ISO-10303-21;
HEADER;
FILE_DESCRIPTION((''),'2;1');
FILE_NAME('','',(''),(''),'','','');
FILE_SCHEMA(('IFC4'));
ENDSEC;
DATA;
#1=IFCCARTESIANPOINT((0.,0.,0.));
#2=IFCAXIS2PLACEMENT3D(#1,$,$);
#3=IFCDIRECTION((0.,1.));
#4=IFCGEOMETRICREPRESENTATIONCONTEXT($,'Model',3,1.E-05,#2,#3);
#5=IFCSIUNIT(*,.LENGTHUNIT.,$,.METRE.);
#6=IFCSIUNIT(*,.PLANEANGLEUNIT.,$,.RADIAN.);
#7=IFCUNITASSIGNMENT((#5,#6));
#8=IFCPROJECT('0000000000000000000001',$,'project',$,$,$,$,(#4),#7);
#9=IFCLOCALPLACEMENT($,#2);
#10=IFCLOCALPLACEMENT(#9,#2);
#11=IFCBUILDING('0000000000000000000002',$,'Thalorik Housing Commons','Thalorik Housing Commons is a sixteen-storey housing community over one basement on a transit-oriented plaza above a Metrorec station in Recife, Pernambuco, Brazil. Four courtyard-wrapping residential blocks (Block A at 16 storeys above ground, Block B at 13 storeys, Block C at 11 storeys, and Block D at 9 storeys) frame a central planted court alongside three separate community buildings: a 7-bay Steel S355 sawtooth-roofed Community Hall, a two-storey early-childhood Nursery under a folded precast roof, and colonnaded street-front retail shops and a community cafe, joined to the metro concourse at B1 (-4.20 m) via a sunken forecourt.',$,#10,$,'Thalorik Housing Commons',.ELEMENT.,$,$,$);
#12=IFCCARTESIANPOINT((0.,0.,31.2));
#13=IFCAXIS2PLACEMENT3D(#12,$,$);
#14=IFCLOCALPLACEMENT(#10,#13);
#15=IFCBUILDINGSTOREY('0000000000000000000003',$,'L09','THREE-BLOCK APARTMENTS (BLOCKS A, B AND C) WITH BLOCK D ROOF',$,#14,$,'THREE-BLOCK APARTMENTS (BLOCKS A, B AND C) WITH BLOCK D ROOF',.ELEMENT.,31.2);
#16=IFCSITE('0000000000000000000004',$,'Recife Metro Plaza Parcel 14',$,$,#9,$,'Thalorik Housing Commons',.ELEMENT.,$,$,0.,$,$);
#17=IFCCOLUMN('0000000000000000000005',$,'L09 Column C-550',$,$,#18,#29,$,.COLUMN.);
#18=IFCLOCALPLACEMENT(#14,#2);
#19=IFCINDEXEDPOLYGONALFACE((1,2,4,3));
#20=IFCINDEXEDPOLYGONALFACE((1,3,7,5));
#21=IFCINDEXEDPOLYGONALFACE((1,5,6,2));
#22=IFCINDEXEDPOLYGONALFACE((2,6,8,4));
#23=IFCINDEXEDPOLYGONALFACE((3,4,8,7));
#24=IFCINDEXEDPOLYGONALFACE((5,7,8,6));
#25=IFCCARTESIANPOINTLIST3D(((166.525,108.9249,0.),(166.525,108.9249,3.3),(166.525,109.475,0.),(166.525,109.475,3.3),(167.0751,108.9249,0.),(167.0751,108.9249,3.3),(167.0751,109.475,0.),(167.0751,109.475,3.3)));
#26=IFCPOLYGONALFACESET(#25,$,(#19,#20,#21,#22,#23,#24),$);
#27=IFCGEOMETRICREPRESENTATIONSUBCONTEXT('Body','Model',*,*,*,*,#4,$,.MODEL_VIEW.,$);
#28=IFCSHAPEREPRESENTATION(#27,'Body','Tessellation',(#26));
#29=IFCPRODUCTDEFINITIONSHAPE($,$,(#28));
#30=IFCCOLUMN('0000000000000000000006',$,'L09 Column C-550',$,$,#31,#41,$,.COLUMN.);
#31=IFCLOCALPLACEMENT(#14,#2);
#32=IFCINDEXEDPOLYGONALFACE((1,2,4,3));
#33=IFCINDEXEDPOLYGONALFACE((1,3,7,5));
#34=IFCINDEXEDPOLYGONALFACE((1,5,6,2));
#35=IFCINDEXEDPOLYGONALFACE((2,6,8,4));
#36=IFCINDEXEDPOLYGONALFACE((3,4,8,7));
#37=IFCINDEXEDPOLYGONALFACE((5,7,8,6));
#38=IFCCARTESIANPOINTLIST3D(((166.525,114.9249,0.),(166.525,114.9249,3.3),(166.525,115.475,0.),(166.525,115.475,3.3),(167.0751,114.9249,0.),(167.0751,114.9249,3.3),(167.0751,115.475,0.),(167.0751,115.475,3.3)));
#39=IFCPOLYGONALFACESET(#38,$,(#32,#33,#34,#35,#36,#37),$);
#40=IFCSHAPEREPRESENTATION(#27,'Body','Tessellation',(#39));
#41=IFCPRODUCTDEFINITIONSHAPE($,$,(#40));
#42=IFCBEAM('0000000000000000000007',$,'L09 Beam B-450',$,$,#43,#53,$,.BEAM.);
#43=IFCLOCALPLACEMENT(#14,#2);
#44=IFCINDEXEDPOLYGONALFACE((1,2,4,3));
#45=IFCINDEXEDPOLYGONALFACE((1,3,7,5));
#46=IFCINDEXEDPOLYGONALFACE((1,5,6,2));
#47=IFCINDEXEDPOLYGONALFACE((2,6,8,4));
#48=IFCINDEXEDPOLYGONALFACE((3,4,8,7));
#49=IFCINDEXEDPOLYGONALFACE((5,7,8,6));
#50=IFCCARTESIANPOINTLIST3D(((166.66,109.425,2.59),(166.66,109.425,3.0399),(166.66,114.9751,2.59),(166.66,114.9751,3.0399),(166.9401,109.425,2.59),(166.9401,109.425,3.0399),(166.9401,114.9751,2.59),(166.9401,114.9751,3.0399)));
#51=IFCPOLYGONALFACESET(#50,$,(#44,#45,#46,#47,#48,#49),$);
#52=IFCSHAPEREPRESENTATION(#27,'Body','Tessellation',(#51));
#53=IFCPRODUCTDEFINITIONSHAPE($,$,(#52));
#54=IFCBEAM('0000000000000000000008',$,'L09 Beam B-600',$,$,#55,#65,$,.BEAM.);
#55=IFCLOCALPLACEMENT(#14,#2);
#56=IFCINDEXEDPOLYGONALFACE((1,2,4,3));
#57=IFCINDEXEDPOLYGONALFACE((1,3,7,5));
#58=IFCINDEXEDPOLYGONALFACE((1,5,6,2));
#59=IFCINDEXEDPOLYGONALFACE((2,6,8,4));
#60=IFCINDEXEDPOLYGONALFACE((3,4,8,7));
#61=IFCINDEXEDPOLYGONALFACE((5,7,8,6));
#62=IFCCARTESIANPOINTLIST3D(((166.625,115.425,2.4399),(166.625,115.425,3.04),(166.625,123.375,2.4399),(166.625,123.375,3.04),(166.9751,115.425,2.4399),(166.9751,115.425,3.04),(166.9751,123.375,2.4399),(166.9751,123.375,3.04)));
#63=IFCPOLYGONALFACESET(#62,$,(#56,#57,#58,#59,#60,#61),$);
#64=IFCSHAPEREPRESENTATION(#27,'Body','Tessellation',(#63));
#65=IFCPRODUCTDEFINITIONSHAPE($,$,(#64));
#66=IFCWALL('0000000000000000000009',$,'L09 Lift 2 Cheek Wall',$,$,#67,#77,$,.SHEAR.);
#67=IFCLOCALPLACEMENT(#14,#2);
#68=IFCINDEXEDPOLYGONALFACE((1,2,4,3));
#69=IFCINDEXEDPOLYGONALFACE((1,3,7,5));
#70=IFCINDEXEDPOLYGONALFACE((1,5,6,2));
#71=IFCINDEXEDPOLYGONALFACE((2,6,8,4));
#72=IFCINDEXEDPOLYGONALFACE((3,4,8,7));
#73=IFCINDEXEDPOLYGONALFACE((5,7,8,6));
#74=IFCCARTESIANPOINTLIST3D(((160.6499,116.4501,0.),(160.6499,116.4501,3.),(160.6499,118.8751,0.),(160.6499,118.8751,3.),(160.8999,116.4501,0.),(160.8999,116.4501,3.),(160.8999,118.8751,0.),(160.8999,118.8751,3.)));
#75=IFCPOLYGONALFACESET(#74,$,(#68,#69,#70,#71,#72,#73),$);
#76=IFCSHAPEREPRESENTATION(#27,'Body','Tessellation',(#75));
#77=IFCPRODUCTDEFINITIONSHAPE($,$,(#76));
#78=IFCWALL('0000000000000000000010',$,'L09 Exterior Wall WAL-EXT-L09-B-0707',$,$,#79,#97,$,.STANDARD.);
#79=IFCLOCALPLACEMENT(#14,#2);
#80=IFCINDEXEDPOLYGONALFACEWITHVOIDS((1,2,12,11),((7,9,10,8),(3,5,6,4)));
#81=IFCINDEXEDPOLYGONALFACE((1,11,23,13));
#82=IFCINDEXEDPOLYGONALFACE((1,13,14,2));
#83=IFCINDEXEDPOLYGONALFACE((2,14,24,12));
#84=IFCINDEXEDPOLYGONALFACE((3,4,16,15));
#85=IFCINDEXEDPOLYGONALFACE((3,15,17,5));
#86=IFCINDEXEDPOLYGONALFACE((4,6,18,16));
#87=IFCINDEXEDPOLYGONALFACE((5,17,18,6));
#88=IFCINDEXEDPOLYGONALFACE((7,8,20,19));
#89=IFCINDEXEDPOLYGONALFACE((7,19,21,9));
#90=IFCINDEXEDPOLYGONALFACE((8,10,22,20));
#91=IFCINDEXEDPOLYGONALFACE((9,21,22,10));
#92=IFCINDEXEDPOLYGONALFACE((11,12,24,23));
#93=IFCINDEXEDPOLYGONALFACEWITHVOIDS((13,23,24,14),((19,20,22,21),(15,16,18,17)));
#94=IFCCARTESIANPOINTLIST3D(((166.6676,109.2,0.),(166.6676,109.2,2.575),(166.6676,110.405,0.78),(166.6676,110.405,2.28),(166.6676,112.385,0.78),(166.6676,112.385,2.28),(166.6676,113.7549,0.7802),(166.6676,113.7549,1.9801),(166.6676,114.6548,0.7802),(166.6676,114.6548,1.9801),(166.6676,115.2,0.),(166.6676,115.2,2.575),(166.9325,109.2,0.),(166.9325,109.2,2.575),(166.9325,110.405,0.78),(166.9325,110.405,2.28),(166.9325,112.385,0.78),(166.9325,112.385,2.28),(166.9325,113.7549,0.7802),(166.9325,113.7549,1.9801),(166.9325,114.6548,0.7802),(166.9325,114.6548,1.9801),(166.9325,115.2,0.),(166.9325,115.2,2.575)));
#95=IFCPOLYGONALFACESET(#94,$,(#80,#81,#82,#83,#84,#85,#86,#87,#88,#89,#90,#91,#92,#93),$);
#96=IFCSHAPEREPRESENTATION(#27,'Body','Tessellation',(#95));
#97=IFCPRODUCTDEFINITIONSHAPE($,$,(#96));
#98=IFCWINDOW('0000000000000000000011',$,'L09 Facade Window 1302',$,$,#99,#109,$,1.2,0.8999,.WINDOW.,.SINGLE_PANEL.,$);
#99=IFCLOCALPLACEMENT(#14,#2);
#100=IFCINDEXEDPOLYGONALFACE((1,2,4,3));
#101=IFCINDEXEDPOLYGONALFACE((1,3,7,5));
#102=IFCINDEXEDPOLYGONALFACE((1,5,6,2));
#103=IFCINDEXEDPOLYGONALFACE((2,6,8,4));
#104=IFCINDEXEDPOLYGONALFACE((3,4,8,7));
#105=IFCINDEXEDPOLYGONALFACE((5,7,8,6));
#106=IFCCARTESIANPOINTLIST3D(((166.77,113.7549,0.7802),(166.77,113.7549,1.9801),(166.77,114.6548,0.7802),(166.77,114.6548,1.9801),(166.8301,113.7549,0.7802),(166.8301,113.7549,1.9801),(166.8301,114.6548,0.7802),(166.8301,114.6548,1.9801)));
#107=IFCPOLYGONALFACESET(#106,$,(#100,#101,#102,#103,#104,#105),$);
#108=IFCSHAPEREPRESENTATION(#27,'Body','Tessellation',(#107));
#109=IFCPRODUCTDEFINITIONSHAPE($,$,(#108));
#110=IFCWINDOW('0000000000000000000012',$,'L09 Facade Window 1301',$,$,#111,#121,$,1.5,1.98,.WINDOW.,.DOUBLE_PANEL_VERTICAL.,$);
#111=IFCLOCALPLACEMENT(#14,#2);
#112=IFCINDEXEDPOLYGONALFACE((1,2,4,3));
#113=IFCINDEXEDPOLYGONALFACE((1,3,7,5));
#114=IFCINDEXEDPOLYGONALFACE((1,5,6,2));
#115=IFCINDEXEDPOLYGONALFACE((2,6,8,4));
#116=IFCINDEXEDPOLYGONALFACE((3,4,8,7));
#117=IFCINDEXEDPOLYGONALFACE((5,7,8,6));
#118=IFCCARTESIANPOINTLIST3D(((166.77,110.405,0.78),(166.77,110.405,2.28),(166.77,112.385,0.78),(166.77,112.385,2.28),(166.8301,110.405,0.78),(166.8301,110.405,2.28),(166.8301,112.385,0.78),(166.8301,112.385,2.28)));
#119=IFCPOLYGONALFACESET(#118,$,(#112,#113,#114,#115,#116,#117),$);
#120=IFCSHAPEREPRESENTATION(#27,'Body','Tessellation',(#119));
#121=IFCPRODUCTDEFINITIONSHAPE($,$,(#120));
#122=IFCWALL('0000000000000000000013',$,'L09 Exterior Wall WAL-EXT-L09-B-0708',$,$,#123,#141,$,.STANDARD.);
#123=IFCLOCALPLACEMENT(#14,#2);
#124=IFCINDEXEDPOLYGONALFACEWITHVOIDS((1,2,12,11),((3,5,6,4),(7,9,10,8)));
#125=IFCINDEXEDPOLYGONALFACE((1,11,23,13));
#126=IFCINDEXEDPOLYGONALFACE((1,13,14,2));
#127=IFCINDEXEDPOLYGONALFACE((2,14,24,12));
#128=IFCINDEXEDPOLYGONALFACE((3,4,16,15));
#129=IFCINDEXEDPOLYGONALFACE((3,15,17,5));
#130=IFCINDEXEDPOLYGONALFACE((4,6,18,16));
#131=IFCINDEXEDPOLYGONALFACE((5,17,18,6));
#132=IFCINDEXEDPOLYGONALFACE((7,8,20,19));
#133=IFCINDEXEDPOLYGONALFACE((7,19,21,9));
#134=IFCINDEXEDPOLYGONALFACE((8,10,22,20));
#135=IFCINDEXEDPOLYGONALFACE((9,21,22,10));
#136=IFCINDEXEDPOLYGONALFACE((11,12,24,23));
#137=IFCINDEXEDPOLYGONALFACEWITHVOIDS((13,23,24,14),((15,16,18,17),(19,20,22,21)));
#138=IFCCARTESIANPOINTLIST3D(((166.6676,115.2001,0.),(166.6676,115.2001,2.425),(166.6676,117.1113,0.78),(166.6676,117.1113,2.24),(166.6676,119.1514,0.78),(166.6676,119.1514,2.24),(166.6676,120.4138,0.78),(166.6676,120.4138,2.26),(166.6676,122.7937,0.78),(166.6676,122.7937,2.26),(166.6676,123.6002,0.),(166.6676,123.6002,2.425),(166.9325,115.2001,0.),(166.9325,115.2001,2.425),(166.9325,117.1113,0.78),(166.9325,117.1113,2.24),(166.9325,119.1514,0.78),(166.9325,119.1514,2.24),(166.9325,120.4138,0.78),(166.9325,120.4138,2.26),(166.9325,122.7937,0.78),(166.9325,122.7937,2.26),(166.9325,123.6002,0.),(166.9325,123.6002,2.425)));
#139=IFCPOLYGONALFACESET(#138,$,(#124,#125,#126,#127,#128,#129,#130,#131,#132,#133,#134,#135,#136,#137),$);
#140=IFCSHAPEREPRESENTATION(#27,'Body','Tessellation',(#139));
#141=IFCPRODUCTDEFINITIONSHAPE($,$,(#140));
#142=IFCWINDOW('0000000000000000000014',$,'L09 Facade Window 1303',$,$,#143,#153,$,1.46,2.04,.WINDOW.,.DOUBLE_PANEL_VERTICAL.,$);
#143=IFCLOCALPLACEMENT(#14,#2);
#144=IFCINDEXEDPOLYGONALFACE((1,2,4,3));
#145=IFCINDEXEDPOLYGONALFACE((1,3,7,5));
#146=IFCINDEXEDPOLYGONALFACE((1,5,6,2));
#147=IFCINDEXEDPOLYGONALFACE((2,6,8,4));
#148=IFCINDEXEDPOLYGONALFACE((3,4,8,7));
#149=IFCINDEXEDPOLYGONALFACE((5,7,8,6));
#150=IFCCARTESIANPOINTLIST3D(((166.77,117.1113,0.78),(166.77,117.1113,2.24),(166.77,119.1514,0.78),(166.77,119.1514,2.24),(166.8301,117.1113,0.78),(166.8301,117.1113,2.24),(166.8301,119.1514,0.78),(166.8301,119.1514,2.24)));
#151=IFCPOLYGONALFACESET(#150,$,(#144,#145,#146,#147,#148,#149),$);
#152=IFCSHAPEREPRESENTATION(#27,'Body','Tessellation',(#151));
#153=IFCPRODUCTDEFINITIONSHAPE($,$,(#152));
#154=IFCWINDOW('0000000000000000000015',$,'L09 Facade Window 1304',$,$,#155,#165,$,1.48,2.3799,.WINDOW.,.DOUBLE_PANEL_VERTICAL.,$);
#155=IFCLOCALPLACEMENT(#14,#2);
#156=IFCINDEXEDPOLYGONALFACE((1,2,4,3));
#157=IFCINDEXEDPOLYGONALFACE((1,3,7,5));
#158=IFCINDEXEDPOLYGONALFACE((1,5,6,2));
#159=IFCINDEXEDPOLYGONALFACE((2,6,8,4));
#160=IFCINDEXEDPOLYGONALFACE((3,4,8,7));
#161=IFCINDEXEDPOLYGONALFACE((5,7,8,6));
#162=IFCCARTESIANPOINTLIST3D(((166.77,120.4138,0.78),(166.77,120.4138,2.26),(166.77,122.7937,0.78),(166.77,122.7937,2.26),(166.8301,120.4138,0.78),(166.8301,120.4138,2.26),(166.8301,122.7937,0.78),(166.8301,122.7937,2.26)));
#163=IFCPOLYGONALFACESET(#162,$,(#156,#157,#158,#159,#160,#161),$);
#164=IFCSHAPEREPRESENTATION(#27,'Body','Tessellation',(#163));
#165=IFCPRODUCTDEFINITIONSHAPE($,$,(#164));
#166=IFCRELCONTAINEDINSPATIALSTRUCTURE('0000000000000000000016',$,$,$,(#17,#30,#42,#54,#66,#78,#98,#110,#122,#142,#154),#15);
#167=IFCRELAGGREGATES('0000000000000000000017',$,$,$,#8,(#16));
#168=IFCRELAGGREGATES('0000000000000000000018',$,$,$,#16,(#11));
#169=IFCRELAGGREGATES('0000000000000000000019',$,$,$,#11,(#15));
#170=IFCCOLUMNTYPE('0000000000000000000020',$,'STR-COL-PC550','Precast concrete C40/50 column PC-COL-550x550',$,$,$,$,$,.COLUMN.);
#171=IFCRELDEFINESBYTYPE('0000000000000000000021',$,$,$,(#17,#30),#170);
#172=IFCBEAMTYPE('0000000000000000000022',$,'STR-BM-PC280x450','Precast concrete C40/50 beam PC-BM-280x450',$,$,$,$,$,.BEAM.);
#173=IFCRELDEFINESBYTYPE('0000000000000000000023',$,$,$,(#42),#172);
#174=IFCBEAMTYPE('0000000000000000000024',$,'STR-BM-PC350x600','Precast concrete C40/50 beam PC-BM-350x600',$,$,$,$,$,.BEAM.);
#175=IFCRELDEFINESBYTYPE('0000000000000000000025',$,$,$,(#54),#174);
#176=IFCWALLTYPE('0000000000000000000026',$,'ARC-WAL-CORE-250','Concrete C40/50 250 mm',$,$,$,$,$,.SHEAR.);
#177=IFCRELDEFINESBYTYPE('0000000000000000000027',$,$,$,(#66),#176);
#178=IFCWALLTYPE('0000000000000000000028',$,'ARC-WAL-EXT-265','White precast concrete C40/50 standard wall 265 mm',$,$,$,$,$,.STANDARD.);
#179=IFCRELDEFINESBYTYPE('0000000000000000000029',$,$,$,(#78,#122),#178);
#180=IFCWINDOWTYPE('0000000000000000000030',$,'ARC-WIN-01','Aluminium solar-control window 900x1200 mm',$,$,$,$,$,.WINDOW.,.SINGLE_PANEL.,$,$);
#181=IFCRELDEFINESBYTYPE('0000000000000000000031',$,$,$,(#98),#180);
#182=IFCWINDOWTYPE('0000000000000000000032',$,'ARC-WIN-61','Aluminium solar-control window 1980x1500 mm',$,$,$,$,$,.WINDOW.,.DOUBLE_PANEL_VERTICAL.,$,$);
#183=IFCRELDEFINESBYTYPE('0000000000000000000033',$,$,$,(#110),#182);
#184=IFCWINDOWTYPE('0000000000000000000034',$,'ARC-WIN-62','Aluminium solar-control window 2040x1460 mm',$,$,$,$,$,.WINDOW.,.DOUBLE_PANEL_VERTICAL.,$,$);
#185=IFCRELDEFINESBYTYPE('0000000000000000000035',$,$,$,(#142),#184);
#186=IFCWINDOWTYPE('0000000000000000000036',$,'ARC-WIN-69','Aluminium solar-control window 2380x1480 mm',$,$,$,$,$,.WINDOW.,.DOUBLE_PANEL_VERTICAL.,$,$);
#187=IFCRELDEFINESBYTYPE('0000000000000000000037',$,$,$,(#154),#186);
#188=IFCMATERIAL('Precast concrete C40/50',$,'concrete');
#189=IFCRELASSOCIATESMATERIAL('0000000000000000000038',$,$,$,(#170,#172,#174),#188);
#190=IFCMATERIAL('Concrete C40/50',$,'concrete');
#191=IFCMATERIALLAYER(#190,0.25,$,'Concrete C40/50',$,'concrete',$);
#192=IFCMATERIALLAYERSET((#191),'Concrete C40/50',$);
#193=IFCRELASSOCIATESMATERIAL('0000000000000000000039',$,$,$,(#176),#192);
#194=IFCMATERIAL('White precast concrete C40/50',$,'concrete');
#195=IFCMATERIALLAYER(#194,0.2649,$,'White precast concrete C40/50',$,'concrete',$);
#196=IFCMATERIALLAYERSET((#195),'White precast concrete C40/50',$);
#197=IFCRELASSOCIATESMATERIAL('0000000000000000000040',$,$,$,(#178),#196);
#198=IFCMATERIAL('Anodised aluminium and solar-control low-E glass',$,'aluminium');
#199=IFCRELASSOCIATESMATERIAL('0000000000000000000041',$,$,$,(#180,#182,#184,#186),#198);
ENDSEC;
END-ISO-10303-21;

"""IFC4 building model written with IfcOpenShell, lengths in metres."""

from ifc_helpers import new_model, si_unit, direction, frame, frame_2d, origin, origin_2d, place, context, subcontext, project, spatial, rectangle, extrude, material, layer, layer_set, material_profile, profile_set, type_object, element, fill, save


model = new_model("IFC4")

# Units and contexts
model_context = context("Model", 3, precision=1e-05, world=origin(), true_north=direction((0.0, 1.0)))
body_context = subcontext(model_context, "Body", "Model", "MODEL_VIEW")
ifc_project = project(units=[si_unit("LENGTHUNIT", "METRE"), si_unit("PLANEANGLEUNIT", "RADIAN")], contexts=[model_context])

# Site, building, storey
site_placement = place(None, origin())
site = spatial("IfcSite", under=ifc_project, at=site_placement, Name="Recife Metro Plaza Parcel 14", LongName="Thalorik Housing Commons", CompositionType="ELEMENT", RefElevation=0.0)
building_placement = place(site_placement, origin())
building = spatial("IfcBuilding", under=site, at=building_placement, Name="Thalorik Housing Commons", Description="Thalorik Housing Commons is a sixteen-storey housing community over one basement on a transit-oriented plaza above a Metrorec station in Recife, Pernambuco, Brazil. Four courtyard-wrapping residential blocks (Block A at 16 storeys above ground, Block B at 13 storeys, Block C at 11 storeys, and Block D at 9 storeys) frame a central planted court alongside three separate community buildings: a 7-bay Steel S355 sawtooth-roofed Community Hall, a two-storey early-childhood Nursery under a folded precast roof, and colonnaded street-front retail shops and a community cafe, joined to the metro concourse at B1 (-4.20 m) via a sunken forecourt.", LongName="Thalorik Housing Commons", CompositionType="ELEMENT")
storey_placement = place(building_placement, frame((0.0, 0.0, 31.2)))
storey = spatial("IfcBuildingStorey", under=building, at=storey_placement, Name="L09", Description="THREE-BLOCK APARTMENTS (BLOCKS A, B AND C) WITH BLOCK D ROOF", LongName="THREE-BLOCK APARTMENTS (BLOCKS A, B AND C) WITH BLOCK D ROOF", CompositionType="ELEMENT", Elevation=31.2)

# Columns
ifc_material_1 = material(Name="Precast concrete C40/50", Category="concrete")
ifc_material_profile_1 = material_profile(ifc_material_1, rectangle(XDim=0.55, YDim=0.55, at=origin_2d()), Name="PC 550x550", Category="concrete")
ifc_profile_set_1 = profile_set([ifc_material_profile_1], Name="Precast concrete C40/50")
column_type = type_object("IfcColumnType", Name="STR-COL-PC550", Description="Precast concrete C40/50 column PC-COL-550x550", PredefinedType="COLUMN", material=ifc_profile_set_1)
for number, where, z_axis, x_axis, name in (
    (1, (166.8, 109.2, 0.0), (0.0, 0.0, 1.0), (1.0, 0.0, 0.0), "L09 Column C-550"),
    (2, (166.8, 115.2, 0.0), (0.0, 0.0, 1.0), (1.0, 0.0, 0.0), "L09 Column C-550"),
):
    element("IfcColumn", number, at=place(storey_placement, frame(where, z_axis=z_axis, x_axis=x_axis)), inside=storey, type_object=column_type, Name=name, PredefinedType="COLUMN", context=body_context, shape_type="SweptSolid", body=[
        extrude(rectangle(XDim=0.55, YDim=0.55, at=origin_2d()), origin(), (0.0, 0.0, 1.0), 3.3),
    ])

# Beams
ifc_material_profile_2 = material_profile(ifc_material_1, rectangle(XDim=0.28, YDim=0.45, at=origin_2d()), Name="PC 280x450", Category="concrete")
ifc_profile_set_2 = profile_set([ifc_material_profile_2], Name="Precast concrete C40/50")
beam_type_1 = type_object("IfcBeamType", Name="STR-BM-PC280x450", Description="Precast concrete C40/50 beam PC-BM-280x450", PredefinedType="BEAM", material=ifc_profile_set_2)
beam_1_placement = place(storey_placement, frame((166.8, 109.425, 2.8149), z_axis=(0.0, 1.0, 0.0), x_axis=(-1.0, 0.0, 0.0)))
element("IfcBeam", 3, at=beam_1_placement, inside=storey, type_object=beam_type_1, Name="L09 Beam B-450", PredefinedType="BEAM", context=body_context, shape_type="SweptSolid", body=[
    extrude(rectangle(XDim=0.28, YDim=0.45, at=origin_2d()), origin(), (0.0, 0.0, 1.0), 5.55),
])
ifc_material_profile_3 = material_profile(ifc_material_1, rectangle(XDim=0.3501, YDim=0.6001, at=origin_2d()), Name="PC 350x600", Category="concrete")
ifc_profile_set_3 = profile_set([ifc_material_profile_3], Name="Precast concrete C40/50")
beam_type_2 = type_object("IfcBeamType", Name="STR-BM-PC350x600", Description="Precast concrete C40/50 beam PC-BM-350x600", PredefinedType="BEAM", material=ifc_profile_set_3)
beam_2_placement = place(storey_placement, frame((166.8, 115.425, 2.74), z_axis=(0.0, 1.0, 0.0), x_axis=(-1.0, 0.0, 0.0)))
element("IfcBeam", 4, at=beam_2_placement, inside=storey, type_object=beam_type_2, Name="L09 Beam B-600", PredefinedType="BEAM", context=body_context, shape_type="SweptSolid", body=[
    extrude(rectangle(XDim=0.3501, YDim=0.6001, at=origin_2d()), origin(), (0.0, 0.0, 1.0), 7.95),
])

# Shared definitions
ifc_material_2 = material(Name="Concrete C40/50", Category="concrete")
ifc_layer_1 = layer(ifc_material_2, 0.25, Name="Concrete C40/50", Category="concrete")
ifc_layer_set_1 = layer_set([ifc_layer_1], Name="Concrete C40/50")
wall_type_1 = type_object("IfcWallType", Name="ARC-WAL-CORE-250", Description="Concrete C40/50 250 mm", PredefinedType="SHEAR", material=ifc_layer_set_1)

# Wall
wall_1_placement = place(storey_placement, frame((160.7749, 118.875, 0.0), z_axis=(0.0, 0.0, 1.0), x_axis=(0.0, -1.0, 0.0)))
element("IfcWall", 5, at=wall_1_placement, inside=storey, type_object=wall_type_1, Name="L09 Lift 2 Cheek Wall", PredefinedType="SHEAR", context=body_context, shape_type="SweptSolid", body=[
    extrude(rectangle(XDim=2.425, YDim=0.25, at=frame_2d((1.2124, 0.0))), origin(), (0.0, 0.0, 1.0), 3.0),
])

# Walls, openings, windows
ifc_material_3 = material(Name="White precast concrete C40/50", Category="concrete")
ifc_layer_2 = layer(ifc_material_3, 0.2649, Name="White precast concrete C40/50", Category="concrete")
ifc_layer_set_2 = layer_set([ifc_layer_2], Name="White precast concrete C40/50")
wall_type_2 = type_object("IfcWallType", Name="ARC-WAL-EXT-265", Description="White precast concrete C40/50 standard wall 265 mm", PredefinedType="STANDARD", material=ifc_layer_set_2)
wall_2_placement = place(storey_placement, frame((166.8, 109.2, 0.0), z_axis=(0.0, 0.0, 1.0), x_axis=(0.0, 1.0, 0.0)))
wall_2 = element("IfcWall", 6, at=wall_2_placement, inside=storey, type_object=wall_type_2, Name="L09 Exterior Wall WAL-EXT-L09-B-0707", PredefinedType="STANDARD", context=body_context, shape_type="SweptSolid", body=[
    extrude(rectangle(XDim=6.0, YDim=0.2649, at=frame_2d((3.0, 0.0))), origin(), (0.0, 0.0, 1.0), 2.575),
])
opening_1_placement = place(wall_2_placement, frame((1.2051, 0.0, 0.78)))
opening_1 = element("IfcOpeningElement", 7, at=opening_1_placement, cuts=wall_2, PredefinedType="OPENING", context=body_context, shape_type="SweptSolid", body=[
    extrude(rectangle(XDim=1.98, YDim=1.5, at=frame_2d((0.99, 0.75))), frame((0.0, 0.1426, 0.0), z_axis=(0.0, -1.0, 0.0), x_axis=(1.0, 0.0, 0.0)), (0.0, 0.0, 1.0), 0.2849),
])
opening_2_placement = place(wall_2_placement, frame((4.5549, 0.0, 0.78)))
opening_2 = element("IfcOpeningElement", 8, at=opening_2_placement, cuts=wall_2, PredefinedType="OPENING", context=body_context, shape_type="SweptSolid", body=[
    extrude(rectangle(XDim=0.8999, YDim=1.2, at=frame_2d((0.45, 0.6001))), frame((0.0, 0.1426, 0.0), z_axis=(0.0, -1.0, 0.0), x_axis=(1.0, 0.0, 0.0)), (0.0, 0.0, 1.0), 0.2849),
])
ifc_material_4 = material(Name="Anodised aluminium and solar-control low-E glass", Category="aluminium")
window_type_1 = type_object("IfcWindowType", Name="ARC-WIN-01", Description="Aluminium solar-control window 900x1200 mm", PartitioningType="SINGLE_PANEL", PredefinedType="WINDOW", material=ifc_material_4)
window_1_placement = place(opening_2_placement, origin())
window_1 = element("IfcWindow", 9, at=window_1_placement, inside=storey, type_object=window_type_1, Name="L09 Facade Window 1302", OverallHeight=1.2, OverallWidth=0.8999, PartitioningType="SINGLE_PANEL", PredefinedType="WINDOW", context=body_context, shape_type="SweptSolid", body=[
    extrude(rectangle(XDim=0.8999, YDim=1.2, at=frame_2d((0.45, 0.6001))), frame((0.0, 0.03, 0.0), z_axis=(0.0, -1.0, 0.0), x_axis=(1.0, 0.0, 0.0)), (0.0, 0.0, 1.0), 0.0601),
])
fill(opening_2, window_1)
window_type_2 = type_object("IfcWindowType", Name="ARC-WIN-61", Description="Aluminium solar-control window 1980x1500 mm", PartitioningType="DOUBLE_PANEL_VERTICAL", PredefinedType="WINDOW", material=ifc_material_4)
window_2_placement = place(opening_1_placement, origin())
window_2 = element("IfcWindow", 10, at=window_2_placement, inside=storey, type_object=window_type_2, Name="L09 Facade Window 1301", OverallHeight=1.5, OverallWidth=1.98, PartitioningType="DOUBLE_PANEL_VERTICAL", PredefinedType="WINDOW", context=body_context, shape_type="SweptSolid", body=[
    extrude(rectangle(XDim=1.98, YDim=1.5, at=frame_2d((0.99, 0.75))), frame((0.0, 0.03, 0.0), z_axis=(0.0, -1.0, 0.0), x_axis=(1.0, 0.0, 0.0)), (0.0, 0.0, 1.0), 0.0601),
])
fill(opening_1, window_2)
wall_3_placement = place(storey_placement, frame((166.8, 115.2, 0.0), z_axis=(0.0, 0.0, 1.0), x_axis=(0.0, 1.0, 0.0)))
wall_3 = element("IfcWall", 11, at=wall_3_placement, inside=storey, type_object=wall_type_2, Name="L09 Exterior Wall WAL-EXT-L09-B-0708", PredefinedType="STANDARD", context=body_context, shape_type="SweptSolid", body=[
    extrude(rectangle(XDim=8.4001, YDim=0.2649, at=frame_2d((4.2002, 0.0))), origin(), (0.0, 0.0, 1.0), 2.425),
])
opening_3_placement = place(wall_3_placement, frame((1.9114, 0.0, 0.78)))
opening_3 = element("IfcOpeningElement", 12, at=opening_3_placement, cuts=wall_3, PredefinedType="OPENING", context=body_context, shape_type="SweptSolid", body=[
    extrude(rectangle(XDim=2.04, YDim=1.46, at=frame_2d((1.02, 0.73))), frame((0.0, 0.1426, 0.0), z_axis=(0.0, -1.0, 0.0), x_axis=(1.0, 0.0, 0.0)), (0.0, 0.0, 1.0), 0.2849),
])
opening_4_placement = place(wall_3_placement, frame((5.2139, 0.0, 0.78)))
opening_4 = element("IfcOpeningElement", 13, at=opening_4_placement, cuts=wall_3, PredefinedType="OPENING", context=body_context, shape_type="SweptSolid", body=[
    extrude(rectangle(XDim=2.3799, YDim=1.48, at=frame_2d((1.1899, 0.74))), frame((0.0, 0.1426, 0.0), z_axis=(0.0, -1.0, 0.0), x_axis=(1.0, 0.0, 0.0)), (0.0, 0.0, 1.0), 0.2849),
])
window_type_3 = type_object("IfcWindowType", Name="ARC-WIN-62", Description="Aluminium solar-control window 2040x1460 mm", PartitioningType="DOUBLE_PANEL_VERTICAL", PredefinedType="WINDOW", material=ifc_material_4)
window_3_placement = place(opening_3_placement, origin())
window_3 = element("IfcWindow", 14, at=window_3_placement, inside=storey, type_object=window_type_3, Name="L09 Facade Window 1303", OverallHeight=1.46, OverallWidth=2.04, PartitioningType="DOUBLE_PANEL_VERTICAL", PredefinedType="WINDOW", context=body_context, shape_type="SweptSolid", body=[
    extrude(rectangle(XDim=2.04, YDim=1.46, at=frame_2d((1.02, 0.73))), frame((0.0, 0.03, 0.0), z_axis=(0.0, -1.0, 0.0), x_axis=(1.0, 0.0, 0.0)), (0.0, 0.0, 1.0), 0.0601),
])
fill(opening_3, window_3)
window_type_4 = type_object("IfcWindowType", Name="ARC-WIN-69", Description="Aluminium solar-control window 2380x1480 mm", PartitioningType="DOUBLE_PANEL_VERTICAL", PredefinedType="WINDOW", material=ifc_material_4)
window_4_placement = place(opening_4_placement, origin())
window_4 = element("IfcWindow", 15, at=window_4_placement, inside=storey, type_object=window_type_4, Name="L09 Facade Window 1304", OverallHeight=1.48, OverallWidth=2.3799, PartitioningType="DOUBLE_PANEL_VERTICAL", PredefinedType="WINDOW", context=body_context, shape_type="SweptSolid", body=[
    extrude(rectangle(XDim=2.3799, YDim=1.48, at=frame_2d((1.1899, 0.74))), frame((0.0, 0.03, 0.0), z_axis=(0.0, -1.0, 0.0), x_axis=(1.0, 0.0, 0.0)), (0.0, 0.0, 1.0), 0.0601),
])
fill(opening_4, window_4)

save(model, "model.ifc")
